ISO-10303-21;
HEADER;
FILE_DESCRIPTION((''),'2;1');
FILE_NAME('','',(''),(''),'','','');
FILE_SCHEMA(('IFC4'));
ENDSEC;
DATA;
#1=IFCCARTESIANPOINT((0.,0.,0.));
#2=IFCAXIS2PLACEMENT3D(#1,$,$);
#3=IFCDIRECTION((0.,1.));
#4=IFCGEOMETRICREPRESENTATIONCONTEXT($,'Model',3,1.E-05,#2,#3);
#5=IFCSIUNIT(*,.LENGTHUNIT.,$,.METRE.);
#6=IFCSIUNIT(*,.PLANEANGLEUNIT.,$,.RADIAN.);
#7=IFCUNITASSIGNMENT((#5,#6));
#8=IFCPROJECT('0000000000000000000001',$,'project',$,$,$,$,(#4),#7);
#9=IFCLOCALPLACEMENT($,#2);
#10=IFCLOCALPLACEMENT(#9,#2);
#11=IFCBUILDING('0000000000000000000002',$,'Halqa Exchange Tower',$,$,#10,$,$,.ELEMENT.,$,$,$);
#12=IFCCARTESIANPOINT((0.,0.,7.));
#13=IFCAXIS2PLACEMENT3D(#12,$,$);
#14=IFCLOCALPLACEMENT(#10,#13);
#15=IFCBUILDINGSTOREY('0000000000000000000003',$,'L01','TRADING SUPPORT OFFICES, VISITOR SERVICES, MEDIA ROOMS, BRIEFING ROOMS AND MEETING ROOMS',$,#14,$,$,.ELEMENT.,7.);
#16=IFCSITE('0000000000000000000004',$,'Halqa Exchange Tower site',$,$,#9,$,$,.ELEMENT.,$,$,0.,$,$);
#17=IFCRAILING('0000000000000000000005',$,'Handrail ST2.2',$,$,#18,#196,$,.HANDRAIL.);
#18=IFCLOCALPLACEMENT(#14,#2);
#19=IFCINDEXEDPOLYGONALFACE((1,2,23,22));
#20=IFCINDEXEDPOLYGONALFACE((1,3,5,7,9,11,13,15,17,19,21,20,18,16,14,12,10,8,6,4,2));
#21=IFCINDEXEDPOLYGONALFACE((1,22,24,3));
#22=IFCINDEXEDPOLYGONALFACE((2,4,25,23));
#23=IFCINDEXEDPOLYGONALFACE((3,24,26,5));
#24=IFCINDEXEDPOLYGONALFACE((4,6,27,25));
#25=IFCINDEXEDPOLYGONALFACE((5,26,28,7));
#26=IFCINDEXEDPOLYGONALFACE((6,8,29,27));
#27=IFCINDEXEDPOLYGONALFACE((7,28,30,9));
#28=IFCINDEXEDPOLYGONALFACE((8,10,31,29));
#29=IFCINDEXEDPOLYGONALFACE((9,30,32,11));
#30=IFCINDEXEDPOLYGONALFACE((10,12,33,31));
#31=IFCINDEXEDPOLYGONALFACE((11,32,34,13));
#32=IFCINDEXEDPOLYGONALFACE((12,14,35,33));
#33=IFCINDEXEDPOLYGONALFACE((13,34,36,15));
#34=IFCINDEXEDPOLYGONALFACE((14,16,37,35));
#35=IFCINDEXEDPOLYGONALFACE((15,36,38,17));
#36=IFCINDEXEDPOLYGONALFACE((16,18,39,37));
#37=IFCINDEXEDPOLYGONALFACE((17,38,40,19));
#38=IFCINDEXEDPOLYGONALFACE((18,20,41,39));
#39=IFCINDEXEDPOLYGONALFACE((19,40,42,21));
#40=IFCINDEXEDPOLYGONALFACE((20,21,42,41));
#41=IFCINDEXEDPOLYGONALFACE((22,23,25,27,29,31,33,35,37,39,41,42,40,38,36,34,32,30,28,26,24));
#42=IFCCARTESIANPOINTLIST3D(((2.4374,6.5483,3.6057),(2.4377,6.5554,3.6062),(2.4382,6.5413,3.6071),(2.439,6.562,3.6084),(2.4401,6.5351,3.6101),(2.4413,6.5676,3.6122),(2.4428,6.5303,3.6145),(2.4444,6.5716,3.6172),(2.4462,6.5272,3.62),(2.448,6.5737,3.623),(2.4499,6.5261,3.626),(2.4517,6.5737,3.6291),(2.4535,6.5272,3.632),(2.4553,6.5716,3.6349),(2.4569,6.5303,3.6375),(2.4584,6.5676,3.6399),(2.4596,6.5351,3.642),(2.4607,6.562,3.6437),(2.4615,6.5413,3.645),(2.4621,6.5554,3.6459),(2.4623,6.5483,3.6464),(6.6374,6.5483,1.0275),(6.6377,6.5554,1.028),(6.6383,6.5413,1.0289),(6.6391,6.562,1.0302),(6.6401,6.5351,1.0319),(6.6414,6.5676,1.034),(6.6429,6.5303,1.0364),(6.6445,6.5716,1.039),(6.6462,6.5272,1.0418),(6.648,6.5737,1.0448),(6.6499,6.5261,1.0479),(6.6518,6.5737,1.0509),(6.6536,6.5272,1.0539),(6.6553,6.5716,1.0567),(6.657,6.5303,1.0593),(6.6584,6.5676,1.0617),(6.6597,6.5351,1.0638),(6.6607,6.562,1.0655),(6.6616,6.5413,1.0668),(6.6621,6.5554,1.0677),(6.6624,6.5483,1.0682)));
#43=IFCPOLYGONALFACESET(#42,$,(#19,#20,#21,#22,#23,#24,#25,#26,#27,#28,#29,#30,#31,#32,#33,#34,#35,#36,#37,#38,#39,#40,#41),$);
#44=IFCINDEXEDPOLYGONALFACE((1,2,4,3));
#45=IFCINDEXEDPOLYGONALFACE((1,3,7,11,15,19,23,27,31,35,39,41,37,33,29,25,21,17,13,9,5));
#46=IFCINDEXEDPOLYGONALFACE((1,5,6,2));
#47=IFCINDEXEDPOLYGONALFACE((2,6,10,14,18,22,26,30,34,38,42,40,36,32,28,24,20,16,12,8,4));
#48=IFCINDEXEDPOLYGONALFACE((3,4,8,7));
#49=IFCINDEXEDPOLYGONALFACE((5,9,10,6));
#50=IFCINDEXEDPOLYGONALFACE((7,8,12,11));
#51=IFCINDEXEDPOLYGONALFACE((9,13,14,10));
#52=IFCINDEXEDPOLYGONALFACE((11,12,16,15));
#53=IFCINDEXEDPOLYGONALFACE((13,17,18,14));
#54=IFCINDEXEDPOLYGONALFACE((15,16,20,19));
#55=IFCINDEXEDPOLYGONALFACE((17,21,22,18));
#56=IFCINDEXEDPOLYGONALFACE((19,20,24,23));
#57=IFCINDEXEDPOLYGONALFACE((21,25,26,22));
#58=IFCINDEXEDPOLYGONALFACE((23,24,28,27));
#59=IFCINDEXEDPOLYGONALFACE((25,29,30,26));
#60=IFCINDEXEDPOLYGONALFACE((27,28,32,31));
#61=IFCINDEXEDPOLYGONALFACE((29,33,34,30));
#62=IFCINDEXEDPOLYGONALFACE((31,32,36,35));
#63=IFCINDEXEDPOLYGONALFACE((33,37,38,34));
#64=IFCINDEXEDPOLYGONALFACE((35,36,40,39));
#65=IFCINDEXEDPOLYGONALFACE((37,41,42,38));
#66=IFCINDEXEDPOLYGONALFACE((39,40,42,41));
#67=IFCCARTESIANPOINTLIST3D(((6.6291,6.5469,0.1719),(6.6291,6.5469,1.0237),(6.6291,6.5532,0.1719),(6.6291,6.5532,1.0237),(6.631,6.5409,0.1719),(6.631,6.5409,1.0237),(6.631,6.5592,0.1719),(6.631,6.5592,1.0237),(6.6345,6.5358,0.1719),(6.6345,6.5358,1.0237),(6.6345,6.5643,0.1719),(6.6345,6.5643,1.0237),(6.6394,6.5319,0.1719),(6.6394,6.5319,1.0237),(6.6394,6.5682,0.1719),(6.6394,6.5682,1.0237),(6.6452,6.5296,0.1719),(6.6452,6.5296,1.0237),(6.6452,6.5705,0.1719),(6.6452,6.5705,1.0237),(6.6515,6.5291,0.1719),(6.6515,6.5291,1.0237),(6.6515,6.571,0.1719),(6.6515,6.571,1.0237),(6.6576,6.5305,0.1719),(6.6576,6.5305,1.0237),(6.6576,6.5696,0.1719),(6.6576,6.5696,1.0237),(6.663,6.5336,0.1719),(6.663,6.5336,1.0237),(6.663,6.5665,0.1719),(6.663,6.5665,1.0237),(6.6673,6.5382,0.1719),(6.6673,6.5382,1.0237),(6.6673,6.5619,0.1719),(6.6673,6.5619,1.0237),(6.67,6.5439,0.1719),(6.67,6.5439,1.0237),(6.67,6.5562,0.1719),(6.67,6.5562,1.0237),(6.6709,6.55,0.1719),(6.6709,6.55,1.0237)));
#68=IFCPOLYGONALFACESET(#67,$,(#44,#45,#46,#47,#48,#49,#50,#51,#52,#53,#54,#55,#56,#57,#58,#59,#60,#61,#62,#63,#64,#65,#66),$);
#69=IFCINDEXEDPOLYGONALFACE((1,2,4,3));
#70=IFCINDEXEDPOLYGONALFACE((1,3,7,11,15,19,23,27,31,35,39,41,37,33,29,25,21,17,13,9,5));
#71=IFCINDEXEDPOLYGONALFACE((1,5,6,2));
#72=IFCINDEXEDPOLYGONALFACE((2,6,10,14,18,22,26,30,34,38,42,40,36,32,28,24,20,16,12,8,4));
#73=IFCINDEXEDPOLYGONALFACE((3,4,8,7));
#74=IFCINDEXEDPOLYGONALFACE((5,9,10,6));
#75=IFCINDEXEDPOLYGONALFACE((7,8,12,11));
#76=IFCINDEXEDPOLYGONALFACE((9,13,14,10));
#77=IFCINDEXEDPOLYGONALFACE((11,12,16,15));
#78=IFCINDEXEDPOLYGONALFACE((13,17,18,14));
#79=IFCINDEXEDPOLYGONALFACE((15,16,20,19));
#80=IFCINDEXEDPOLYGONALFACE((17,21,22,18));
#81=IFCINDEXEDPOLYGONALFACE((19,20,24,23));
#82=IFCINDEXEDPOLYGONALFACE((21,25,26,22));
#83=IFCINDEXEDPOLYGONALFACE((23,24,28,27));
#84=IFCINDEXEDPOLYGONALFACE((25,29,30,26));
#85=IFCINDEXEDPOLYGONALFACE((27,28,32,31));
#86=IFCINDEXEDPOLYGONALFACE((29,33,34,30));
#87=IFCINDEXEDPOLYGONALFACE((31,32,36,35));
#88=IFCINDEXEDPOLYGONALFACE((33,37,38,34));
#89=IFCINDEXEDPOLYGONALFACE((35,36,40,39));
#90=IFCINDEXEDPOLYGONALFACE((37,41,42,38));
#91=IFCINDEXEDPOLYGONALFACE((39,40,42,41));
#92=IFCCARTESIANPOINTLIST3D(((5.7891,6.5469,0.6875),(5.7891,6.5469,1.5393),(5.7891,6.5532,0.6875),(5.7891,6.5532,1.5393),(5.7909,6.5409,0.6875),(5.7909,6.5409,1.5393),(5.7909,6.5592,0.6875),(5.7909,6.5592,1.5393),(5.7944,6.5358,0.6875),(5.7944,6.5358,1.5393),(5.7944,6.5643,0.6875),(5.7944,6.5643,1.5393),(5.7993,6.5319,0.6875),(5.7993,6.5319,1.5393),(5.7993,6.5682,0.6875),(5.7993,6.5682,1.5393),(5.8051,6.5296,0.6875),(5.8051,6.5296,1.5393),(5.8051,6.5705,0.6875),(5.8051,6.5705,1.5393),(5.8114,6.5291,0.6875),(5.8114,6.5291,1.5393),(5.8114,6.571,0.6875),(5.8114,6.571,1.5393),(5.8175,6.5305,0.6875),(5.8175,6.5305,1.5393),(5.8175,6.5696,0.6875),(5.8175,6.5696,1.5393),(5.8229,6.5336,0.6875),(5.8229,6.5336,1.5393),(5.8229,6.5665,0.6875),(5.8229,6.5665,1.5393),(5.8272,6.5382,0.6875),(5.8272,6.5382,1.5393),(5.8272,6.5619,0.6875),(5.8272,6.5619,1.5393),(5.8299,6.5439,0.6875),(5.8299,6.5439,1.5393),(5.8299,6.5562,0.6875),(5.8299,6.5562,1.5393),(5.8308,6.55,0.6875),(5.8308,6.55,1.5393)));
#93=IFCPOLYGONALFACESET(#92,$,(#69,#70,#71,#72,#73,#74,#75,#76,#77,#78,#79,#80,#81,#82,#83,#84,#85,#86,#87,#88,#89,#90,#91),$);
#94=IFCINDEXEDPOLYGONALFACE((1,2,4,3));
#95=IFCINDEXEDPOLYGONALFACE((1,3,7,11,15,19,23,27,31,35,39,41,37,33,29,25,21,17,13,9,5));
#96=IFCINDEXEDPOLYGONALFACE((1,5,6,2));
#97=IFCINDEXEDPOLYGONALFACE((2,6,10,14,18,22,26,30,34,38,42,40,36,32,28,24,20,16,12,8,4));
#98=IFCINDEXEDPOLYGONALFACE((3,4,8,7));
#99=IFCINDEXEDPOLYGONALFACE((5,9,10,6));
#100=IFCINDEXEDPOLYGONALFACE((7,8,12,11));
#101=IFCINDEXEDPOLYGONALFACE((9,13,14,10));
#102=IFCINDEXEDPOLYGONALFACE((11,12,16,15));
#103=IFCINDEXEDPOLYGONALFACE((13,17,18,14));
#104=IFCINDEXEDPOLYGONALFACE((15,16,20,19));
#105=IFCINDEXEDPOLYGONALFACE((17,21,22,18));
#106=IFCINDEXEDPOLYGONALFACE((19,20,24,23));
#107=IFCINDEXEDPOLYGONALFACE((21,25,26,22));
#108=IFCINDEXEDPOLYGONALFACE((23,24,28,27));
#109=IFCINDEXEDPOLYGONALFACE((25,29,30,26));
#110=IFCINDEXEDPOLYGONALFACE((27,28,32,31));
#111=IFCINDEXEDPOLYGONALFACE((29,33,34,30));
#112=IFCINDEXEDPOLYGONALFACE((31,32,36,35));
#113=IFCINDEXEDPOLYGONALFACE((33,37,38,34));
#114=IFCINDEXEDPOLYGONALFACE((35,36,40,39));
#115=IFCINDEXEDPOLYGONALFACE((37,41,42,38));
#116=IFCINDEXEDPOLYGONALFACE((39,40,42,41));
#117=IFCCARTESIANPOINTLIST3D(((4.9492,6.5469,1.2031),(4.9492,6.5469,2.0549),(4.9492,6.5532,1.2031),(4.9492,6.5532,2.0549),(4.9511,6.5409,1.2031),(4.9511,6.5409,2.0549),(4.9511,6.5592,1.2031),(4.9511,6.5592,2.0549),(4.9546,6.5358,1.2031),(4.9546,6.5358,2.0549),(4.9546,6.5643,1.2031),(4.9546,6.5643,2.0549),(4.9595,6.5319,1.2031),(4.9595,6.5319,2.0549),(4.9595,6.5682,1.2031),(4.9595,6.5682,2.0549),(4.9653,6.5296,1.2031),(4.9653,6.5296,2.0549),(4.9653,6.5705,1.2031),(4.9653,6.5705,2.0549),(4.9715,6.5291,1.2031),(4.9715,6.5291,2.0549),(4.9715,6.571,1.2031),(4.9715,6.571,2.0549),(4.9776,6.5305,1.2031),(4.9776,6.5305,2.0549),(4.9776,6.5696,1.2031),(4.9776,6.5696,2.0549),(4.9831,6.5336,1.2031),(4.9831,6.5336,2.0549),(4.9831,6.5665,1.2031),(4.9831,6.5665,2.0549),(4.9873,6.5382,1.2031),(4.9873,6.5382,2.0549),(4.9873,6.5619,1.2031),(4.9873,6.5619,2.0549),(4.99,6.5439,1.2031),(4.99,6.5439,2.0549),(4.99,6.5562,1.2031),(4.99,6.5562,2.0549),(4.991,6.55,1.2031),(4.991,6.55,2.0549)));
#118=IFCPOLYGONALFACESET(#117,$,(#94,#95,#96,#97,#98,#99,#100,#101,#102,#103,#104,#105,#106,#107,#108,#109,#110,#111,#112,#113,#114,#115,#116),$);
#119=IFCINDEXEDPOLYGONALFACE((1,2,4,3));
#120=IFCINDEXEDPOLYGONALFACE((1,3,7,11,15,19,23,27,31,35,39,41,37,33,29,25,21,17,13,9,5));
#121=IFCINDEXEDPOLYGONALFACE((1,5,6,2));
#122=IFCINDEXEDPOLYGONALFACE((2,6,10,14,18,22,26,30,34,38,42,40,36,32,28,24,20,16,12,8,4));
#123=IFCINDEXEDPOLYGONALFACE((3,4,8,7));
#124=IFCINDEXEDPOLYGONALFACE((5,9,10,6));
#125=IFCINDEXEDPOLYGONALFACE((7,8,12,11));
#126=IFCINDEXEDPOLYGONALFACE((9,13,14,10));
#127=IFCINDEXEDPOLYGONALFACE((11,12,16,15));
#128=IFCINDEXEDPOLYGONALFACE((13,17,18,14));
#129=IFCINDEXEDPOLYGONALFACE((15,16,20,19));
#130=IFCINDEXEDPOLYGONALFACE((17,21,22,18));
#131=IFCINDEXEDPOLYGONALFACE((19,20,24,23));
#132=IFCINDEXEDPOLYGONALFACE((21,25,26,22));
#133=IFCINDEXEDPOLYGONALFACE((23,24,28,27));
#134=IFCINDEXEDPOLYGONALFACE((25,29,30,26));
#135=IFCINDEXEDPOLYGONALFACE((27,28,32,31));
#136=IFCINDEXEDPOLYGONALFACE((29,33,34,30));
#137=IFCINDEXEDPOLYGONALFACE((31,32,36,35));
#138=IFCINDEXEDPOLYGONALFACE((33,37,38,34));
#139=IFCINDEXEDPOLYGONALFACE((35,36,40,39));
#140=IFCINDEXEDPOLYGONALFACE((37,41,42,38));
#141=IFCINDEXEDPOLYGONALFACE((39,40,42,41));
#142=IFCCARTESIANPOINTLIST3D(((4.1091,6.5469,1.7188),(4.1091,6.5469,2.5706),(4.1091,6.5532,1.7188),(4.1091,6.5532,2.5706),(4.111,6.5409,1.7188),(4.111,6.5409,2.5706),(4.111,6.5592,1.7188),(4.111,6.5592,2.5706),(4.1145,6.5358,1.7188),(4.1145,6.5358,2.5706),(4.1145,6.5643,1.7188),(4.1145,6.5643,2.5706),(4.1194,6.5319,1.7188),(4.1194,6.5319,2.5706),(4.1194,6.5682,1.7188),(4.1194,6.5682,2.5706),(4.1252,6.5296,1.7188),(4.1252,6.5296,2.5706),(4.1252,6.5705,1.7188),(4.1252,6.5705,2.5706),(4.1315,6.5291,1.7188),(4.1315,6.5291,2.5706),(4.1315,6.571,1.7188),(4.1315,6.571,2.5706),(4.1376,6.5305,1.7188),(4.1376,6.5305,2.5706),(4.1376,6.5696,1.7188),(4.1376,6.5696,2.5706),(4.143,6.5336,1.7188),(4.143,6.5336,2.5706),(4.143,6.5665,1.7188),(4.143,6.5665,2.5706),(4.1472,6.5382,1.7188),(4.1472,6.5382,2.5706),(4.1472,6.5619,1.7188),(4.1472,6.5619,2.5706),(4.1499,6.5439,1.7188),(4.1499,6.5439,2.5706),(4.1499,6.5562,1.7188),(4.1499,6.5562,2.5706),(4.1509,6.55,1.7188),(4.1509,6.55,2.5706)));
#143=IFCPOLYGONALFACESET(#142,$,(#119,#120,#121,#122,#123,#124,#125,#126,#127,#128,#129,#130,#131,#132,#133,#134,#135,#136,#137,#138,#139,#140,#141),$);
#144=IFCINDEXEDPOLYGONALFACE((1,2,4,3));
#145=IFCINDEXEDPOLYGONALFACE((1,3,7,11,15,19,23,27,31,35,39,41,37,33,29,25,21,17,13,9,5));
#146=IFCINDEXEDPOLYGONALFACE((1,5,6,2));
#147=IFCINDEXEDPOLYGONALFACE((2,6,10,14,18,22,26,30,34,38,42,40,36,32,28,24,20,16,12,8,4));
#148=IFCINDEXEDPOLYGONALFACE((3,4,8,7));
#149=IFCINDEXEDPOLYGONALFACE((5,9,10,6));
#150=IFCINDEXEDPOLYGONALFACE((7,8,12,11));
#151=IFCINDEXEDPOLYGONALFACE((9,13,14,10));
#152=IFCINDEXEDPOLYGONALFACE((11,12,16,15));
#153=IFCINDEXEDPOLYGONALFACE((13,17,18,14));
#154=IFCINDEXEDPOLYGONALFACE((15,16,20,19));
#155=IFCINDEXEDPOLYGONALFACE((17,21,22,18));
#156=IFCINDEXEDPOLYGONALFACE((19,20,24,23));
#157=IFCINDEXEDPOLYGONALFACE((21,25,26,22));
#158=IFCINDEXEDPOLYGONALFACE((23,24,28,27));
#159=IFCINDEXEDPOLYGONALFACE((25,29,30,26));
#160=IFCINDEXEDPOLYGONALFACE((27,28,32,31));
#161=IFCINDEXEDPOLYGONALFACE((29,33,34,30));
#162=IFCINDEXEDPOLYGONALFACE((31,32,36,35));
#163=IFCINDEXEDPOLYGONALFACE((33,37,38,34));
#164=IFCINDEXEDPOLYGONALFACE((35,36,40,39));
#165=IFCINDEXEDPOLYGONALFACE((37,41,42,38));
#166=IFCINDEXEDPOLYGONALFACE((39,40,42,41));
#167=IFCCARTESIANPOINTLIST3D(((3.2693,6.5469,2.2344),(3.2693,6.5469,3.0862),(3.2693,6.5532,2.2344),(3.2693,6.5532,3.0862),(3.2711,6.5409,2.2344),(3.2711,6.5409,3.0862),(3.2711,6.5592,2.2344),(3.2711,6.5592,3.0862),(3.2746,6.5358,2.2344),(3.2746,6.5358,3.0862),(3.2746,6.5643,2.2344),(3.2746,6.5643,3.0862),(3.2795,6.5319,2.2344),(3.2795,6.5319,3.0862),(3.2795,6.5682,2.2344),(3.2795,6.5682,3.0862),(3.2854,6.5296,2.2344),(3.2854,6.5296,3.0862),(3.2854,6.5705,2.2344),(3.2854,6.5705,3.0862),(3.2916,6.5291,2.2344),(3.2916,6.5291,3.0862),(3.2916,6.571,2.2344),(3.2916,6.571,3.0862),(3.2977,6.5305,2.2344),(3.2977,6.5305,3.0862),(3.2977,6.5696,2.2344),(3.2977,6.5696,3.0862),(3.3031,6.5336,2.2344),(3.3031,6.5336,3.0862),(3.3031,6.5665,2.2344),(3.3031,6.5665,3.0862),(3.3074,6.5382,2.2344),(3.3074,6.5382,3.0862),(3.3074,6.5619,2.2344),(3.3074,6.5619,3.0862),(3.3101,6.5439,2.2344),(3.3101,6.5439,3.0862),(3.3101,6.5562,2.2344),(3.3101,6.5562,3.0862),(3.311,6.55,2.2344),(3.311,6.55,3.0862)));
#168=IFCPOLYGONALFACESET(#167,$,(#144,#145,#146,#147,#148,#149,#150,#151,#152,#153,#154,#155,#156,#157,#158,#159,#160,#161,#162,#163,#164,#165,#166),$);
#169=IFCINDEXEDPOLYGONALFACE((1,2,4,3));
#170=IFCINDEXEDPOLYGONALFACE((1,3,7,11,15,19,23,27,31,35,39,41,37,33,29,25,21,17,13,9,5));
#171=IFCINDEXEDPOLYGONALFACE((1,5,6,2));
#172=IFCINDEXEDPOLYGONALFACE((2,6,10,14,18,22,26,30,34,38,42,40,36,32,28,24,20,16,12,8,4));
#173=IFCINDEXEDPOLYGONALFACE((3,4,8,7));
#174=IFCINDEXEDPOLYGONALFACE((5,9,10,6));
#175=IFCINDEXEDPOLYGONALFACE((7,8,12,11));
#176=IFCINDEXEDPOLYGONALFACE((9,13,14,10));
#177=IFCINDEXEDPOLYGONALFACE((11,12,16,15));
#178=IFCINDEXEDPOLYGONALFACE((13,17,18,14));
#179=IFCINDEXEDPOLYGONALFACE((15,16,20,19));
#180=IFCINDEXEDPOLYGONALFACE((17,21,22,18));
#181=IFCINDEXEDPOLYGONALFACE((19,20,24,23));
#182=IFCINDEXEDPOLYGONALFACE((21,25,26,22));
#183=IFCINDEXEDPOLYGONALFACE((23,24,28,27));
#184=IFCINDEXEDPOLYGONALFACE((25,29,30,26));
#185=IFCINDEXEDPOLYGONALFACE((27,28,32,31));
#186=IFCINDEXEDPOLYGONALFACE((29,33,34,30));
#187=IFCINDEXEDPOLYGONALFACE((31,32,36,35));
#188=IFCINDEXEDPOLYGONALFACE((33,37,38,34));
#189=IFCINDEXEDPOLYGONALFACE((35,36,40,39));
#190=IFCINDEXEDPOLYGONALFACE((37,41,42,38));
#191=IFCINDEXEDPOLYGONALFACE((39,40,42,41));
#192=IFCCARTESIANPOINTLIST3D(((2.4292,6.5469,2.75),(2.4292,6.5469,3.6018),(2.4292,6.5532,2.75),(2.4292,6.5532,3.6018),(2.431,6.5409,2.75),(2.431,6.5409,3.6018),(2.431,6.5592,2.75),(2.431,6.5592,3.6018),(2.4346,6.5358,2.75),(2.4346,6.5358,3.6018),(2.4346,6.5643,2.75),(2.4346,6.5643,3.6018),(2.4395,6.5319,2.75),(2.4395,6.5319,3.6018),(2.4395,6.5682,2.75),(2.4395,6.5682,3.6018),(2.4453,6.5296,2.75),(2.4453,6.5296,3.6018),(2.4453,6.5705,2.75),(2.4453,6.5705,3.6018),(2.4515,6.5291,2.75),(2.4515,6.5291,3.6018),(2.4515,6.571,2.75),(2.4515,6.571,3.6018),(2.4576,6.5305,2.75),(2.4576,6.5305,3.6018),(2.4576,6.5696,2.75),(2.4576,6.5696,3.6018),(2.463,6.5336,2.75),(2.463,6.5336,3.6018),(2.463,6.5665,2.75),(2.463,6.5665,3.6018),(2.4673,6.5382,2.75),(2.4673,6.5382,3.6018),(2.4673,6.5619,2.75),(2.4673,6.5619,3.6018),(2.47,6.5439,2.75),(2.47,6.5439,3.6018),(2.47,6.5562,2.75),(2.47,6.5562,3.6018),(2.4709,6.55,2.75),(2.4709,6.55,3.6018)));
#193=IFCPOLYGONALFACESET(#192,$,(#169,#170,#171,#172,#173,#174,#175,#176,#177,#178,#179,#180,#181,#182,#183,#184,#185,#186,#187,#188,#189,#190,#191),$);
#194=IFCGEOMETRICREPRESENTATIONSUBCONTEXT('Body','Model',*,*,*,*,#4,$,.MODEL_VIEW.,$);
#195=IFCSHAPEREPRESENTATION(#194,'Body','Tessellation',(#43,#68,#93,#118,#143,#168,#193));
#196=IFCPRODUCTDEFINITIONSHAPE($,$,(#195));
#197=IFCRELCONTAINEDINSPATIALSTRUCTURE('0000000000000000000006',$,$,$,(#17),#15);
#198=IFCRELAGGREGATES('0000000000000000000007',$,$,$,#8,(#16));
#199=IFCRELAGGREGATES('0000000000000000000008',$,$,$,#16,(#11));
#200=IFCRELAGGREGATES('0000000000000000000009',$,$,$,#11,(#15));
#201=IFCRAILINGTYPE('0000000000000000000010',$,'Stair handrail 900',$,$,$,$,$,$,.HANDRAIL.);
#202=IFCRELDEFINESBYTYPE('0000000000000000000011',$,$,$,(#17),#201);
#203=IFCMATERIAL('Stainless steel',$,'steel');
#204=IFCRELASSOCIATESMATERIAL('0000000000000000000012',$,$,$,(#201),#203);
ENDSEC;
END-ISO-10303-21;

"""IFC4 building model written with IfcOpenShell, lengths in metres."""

from ifc_helpers import new_model, si_unit, direction, frame, origin, origin_2d, place, context, subcontext, project, spatial, circle, extrude, material, type_object, element, save


model = new_model("IFC4")

# Units and contexts
model_context = context("Model", 3, precision=1e-05, world=origin(), true_north=direction((0.0, 1.0)))
body_context = subcontext(model_context, "Body", "Model", "MODEL_VIEW")
ifc_project = project(units=[si_unit("LENGTHUNIT", "METRE"), si_unit("PLANEANGLEUNIT", "RADIAN")], contexts=[model_context])

# Site, building, storey
site_placement = place(None, origin())
site = spatial("IfcSite", under=ifc_project, at=site_placement, Name="Halqa Exchange Tower site", CompositionType="ELEMENT", RefElevation=0.0)
building_placement = place(site_placement, origin())
building = spatial("IfcBuilding", under=site, at=building_placement, Name="Halqa Exchange Tower", CompositionType="ELEMENT")
storey_placement = place(building_placement, frame((0.0, 0.0, 7.0)))
storey = spatial("IfcBuildingStorey", under=building, at=storey_placement, Name="L01", Description="TRADING SUPPORT OFFICES, VISITOR SERVICES, MEDIA ROOMS, BRIEFING ROOMS AND MEETING ROOMS", CompositionType="ELEMENT", Elevation=7.0)

# Railing
ifc_material_1 = material(Name="Stainless steel", Category="steel")
railing_type_1 = type_object("IfcRailingType", Name="Stair handrail 900", PredefinedType="HANDRAIL", material=ifc_material_1)
railing_1_placement = place(storey_placement, frame((6.6499, 6.55, 0.1719)))
element("IfcRailing", 1, at=railing_1_placement, inside=storey, type_object=railing_type_1, Name="Handrail ST2.2", PredefinedType="HANDRAIL", context=body_context, shape_type="SweptSolid", body=[
    extrude(circle(Radius=0.0239, at=origin_2d()), frame((0.0, 0.0, 0.876), z_axis=(-0.852243, 0.0, 0.523146), x_axis=(0.0, -1.0, 0.0)), (0.0, 0.0, 1.0), 4.9282),
    extrude(circle(Radius=0.021, at=origin_2d()), origin(), (0.0, 0.0, 1.0), 0.8518),
    extrude(circle(Radius=0.021, at=origin_2d()), frame((-0.8401, 0.0, 0.5156)), (0.0, 0.0, 1.0), 0.8518),
    extrude(circle(Radius=0.021, at=origin_2d()), frame((-1.6799, 0.0, 1.0312)), (0.0, 0.0, 1.0), 0.8518),
    extrude(circle(Radius=0.021, at=origin_2d()), frame((-2.52, 0.0, 1.5469)), (0.0, 0.0, 1.0), 0.8518),
    extrude(circle(Radius=0.021, at=origin_2d()), frame((-3.3599, 0.0, 2.0625)), (0.0, 0.0, 1.0), 0.8518),
    extrude(circle(Radius=0.021, at=origin_2d()), frame((-4.2, 0.0, 2.5781)), (0.0, 0.0, 1.0), 0.8518),
])

save(model, "model.ifc")
